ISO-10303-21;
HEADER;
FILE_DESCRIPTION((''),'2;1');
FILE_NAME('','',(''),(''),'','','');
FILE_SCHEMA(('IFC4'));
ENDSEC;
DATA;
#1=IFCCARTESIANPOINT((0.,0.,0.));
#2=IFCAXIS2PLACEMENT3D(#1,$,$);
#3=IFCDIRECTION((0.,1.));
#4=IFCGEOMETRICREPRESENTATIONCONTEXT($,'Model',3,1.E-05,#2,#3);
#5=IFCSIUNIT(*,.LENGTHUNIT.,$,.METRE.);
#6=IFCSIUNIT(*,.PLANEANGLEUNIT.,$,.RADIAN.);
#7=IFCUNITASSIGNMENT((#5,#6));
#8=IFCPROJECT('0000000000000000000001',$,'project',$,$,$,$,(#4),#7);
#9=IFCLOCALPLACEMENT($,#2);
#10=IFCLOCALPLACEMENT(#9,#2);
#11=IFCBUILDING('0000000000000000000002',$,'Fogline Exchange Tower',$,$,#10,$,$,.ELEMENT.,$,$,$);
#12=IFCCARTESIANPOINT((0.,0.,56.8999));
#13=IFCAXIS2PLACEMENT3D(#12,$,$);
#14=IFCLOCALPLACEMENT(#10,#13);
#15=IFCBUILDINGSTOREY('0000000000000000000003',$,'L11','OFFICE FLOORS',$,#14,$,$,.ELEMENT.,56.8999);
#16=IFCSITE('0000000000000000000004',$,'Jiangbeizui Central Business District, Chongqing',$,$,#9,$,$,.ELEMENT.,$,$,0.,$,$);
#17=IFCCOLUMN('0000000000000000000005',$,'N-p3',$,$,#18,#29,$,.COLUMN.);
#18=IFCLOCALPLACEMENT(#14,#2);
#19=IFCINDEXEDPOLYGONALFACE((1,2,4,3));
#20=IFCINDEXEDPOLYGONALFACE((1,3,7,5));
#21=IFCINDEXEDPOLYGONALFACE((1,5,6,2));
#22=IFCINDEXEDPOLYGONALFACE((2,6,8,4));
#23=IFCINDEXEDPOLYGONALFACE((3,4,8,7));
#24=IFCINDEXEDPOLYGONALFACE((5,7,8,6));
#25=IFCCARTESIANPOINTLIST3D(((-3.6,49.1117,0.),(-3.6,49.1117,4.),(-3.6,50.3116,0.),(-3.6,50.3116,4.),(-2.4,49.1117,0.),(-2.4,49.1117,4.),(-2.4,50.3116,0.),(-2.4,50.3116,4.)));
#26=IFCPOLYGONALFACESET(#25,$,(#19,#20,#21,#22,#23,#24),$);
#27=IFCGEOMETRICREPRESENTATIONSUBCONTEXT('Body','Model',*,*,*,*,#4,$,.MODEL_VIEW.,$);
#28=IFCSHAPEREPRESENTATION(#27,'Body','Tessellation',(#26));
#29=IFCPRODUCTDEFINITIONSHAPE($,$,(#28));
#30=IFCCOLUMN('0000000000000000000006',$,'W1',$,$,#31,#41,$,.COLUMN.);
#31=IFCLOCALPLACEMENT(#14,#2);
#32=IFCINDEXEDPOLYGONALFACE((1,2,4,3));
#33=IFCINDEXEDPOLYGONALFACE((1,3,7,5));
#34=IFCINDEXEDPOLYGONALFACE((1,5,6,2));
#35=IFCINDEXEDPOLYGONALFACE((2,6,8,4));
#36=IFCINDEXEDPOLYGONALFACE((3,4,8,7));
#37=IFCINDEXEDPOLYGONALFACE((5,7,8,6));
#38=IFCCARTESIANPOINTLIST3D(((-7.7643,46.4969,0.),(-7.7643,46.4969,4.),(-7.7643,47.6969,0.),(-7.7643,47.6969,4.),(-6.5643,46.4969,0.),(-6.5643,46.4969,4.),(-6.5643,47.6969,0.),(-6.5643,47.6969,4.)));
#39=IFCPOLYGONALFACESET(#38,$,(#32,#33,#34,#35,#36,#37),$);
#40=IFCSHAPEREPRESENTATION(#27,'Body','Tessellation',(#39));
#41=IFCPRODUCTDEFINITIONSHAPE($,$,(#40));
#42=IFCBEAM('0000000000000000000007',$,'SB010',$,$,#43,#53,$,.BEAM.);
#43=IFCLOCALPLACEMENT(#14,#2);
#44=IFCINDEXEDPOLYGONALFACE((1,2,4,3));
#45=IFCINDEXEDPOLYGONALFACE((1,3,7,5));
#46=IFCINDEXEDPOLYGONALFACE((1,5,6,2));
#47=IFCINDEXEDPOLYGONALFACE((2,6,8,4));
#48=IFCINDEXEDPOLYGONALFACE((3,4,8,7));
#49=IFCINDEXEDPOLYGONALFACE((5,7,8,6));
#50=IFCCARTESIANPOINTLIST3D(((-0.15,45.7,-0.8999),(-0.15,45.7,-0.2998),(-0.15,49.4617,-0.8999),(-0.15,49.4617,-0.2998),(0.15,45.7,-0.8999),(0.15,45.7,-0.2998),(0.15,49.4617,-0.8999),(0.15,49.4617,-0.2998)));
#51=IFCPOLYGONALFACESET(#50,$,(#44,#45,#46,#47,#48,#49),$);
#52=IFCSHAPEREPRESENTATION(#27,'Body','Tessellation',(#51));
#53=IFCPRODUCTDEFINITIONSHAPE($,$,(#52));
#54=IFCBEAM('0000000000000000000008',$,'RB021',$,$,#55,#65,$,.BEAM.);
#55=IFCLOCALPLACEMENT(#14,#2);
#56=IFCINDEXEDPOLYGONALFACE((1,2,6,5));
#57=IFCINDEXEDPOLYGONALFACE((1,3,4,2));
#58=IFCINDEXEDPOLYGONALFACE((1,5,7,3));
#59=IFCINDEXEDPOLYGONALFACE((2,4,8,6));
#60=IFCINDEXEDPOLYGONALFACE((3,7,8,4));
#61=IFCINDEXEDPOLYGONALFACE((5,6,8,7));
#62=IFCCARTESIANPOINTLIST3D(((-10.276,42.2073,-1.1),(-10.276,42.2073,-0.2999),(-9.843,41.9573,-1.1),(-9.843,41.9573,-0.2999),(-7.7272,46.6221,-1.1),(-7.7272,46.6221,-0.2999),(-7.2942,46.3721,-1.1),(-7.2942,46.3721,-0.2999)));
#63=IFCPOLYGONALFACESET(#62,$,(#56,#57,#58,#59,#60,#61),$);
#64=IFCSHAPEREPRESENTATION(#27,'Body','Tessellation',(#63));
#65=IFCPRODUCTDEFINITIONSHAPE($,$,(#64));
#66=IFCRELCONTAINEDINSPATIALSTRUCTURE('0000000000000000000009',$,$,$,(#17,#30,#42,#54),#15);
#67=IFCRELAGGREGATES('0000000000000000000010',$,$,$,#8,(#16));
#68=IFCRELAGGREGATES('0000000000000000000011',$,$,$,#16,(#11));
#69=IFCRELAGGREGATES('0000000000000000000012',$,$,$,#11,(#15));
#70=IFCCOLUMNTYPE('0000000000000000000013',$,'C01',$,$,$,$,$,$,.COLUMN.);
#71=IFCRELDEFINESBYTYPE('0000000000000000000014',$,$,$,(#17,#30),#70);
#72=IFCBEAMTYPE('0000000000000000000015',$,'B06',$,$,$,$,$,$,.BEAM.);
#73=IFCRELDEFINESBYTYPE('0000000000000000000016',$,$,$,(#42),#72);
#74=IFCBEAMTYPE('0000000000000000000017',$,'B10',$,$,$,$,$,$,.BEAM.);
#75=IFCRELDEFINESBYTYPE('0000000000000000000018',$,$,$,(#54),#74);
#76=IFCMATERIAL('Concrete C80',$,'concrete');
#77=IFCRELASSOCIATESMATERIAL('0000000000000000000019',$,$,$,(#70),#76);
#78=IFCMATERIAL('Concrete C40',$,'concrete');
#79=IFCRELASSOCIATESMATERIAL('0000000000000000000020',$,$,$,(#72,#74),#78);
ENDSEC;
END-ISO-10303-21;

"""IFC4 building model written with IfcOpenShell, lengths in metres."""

from ifc_helpers import new_model, si_unit, direction, frame, origin, origin_2d, place, context, subcontext, project, spatial, rectangle, extrude, material, material_profile, profile_set, type_object, element, save


model = new_model("IFC4")

# Units and contexts
model_context = context("Model", 3, precision=1e-05, world=origin(), true_north=direction((0.0, 1.0)))
body_context = subcontext(model_context, "Body", "Model", "MODEL_VIEW")
ifc_project = project(units=[si_unit("LENGTHUNIT", "METRE"), si_unit("PLANEANGLEUNIT", "RADIAN")], contexts=[model_context])

# Site, building, storey
site_placement = place(None, origin())
site = spatial("IfcSite", under=ifc_project, at=site_placement, Name="Jiangbeizui Central Business District, Chongqing", CompositionType="ELEMENT", RefElevation=0.0)
building_placement = place(site_placement, origin())
building = spatial("IfcBuilding", under=site, at=building_placement, Name="Fogline Exchange Tower", CompositionType="ELEMENT")
storey_placement = place(building_placement, frame((0.0, 0.0, 56.8999)))
storey = spatial("IfcBuildingStorey", under=building, at=storey_placement, Name="L11", Description="OFFICE FLOORS", CompositionType="ELEMENT", Elevation=56.8999)

# Columns
ifc_material_1 = material(Name="Concrete C80", Category="concrete")
ifc_material_profile_1 = material_profile(ifc_material_1, rectangle(XDim=1.2, YDim=1.2, at=origin_2d()), Name="RC 1200x1200")
ifc_profile_set_1 = profile_set([ifc_material_profile_1], Name="Concrete C80")
column_type = type_object("IfcColumnType", Name="C01", PredefinedType="COLUMN", material=ifc_profile_set_1)
for number, where, z_axis, x_axis, name in (
    (1, (-3.0, 49.7117, 0.0), (0.0, 0.0, 1.0), (1.0, 0.0, 0.0), "N-p3"),
    (2, (-7.1643, 47.0969, 0.0), (0.0, 0.0, 1.0), (1.0, 0.0, 0.0), "W1"),
):
    element("IfcColumn", number, at=place(storey_placement, frame(where, z_axis=z_axis, x_axis=x_axis)), inside=storey, type_object=column_type, Name=name, PredefinedType="COLUMN", context=body_context, shape_type="SweptSolid", body=[
        extrude(rectangle(XDim=1.2, YDim=1.2, at=origin_2d()), origin(), (0.0, 0.0, 1.0), 4.0),
    ])

# Beams
ifc_material_2 = material(Name="Concrete C40", Category="concrete")
ifc_material_profile_2 = material_profile(ifc_material_2, rectangle(XDim=0.3, YDim=0.6001, at=origin_2d()), Name="RC 300x600")
ifc_profile_set_2 = profile_set([ifc_material_profile_2], Name="Concrete C40")
beam_type_1 = type_object("IfcBeamType", Name="B06", PredefinedType="BEAM", material=ifc_profile_set_2)
beam_1_placement = place(storey_placement, frame((0.0, 45.7, -0.5999), z_axis=(0.0, 1.0, 0.0), x_axis=(-1.0, 0.0, 0.0)))
element("IfcBeam", 3, at=beam_1_placement, inside=storey, type_object=beam_type_1, Name="SB010", PredefinedType="BEAM", context=body_context, shape_type="SweptSolid", body=[
    extrude(rectangle(XDim=0.3, YDim=0.6001, at=origin_2d()), origin(), (0.0, 0.0, 1.0), 3.7617),
])
ifc_material_profile_3 = material_profile(ifc_material_2, rectangle(XDim=0.5, YDim=0.8, at=origin_2d()), Name="RC 500x800")
ifc_profile_set_3 = profile_set([ifc_material_profile_3], Name="Concrete C40")
beam_type_2 = type_object("IfcBeamType", Name="B10", PredefinedType="BEAM", material=ifc_profile_set_3)
beam_2_placement = place(storey_placement, frame((-7.5107, 46.4971, -0.7), z_axis=(-0.499992, -0.86603, 0.0), x_axis=(0.86603, -0.499992, 0.0)))
element("IfcBeam", 4, at=beam_2_placement, inside=storey, type_object=beam_type_2, Name="RB021", PredefinedType="BEAM", context=body_context, shape_type="SweptSolid", body=[
    extrude(rectangle(XDim=0.5, YDim=0.8, at=origin_2d()), origin(), (0.0, 0.0, 1.0), 5.0977),
])

save(model, "model.ifc")
